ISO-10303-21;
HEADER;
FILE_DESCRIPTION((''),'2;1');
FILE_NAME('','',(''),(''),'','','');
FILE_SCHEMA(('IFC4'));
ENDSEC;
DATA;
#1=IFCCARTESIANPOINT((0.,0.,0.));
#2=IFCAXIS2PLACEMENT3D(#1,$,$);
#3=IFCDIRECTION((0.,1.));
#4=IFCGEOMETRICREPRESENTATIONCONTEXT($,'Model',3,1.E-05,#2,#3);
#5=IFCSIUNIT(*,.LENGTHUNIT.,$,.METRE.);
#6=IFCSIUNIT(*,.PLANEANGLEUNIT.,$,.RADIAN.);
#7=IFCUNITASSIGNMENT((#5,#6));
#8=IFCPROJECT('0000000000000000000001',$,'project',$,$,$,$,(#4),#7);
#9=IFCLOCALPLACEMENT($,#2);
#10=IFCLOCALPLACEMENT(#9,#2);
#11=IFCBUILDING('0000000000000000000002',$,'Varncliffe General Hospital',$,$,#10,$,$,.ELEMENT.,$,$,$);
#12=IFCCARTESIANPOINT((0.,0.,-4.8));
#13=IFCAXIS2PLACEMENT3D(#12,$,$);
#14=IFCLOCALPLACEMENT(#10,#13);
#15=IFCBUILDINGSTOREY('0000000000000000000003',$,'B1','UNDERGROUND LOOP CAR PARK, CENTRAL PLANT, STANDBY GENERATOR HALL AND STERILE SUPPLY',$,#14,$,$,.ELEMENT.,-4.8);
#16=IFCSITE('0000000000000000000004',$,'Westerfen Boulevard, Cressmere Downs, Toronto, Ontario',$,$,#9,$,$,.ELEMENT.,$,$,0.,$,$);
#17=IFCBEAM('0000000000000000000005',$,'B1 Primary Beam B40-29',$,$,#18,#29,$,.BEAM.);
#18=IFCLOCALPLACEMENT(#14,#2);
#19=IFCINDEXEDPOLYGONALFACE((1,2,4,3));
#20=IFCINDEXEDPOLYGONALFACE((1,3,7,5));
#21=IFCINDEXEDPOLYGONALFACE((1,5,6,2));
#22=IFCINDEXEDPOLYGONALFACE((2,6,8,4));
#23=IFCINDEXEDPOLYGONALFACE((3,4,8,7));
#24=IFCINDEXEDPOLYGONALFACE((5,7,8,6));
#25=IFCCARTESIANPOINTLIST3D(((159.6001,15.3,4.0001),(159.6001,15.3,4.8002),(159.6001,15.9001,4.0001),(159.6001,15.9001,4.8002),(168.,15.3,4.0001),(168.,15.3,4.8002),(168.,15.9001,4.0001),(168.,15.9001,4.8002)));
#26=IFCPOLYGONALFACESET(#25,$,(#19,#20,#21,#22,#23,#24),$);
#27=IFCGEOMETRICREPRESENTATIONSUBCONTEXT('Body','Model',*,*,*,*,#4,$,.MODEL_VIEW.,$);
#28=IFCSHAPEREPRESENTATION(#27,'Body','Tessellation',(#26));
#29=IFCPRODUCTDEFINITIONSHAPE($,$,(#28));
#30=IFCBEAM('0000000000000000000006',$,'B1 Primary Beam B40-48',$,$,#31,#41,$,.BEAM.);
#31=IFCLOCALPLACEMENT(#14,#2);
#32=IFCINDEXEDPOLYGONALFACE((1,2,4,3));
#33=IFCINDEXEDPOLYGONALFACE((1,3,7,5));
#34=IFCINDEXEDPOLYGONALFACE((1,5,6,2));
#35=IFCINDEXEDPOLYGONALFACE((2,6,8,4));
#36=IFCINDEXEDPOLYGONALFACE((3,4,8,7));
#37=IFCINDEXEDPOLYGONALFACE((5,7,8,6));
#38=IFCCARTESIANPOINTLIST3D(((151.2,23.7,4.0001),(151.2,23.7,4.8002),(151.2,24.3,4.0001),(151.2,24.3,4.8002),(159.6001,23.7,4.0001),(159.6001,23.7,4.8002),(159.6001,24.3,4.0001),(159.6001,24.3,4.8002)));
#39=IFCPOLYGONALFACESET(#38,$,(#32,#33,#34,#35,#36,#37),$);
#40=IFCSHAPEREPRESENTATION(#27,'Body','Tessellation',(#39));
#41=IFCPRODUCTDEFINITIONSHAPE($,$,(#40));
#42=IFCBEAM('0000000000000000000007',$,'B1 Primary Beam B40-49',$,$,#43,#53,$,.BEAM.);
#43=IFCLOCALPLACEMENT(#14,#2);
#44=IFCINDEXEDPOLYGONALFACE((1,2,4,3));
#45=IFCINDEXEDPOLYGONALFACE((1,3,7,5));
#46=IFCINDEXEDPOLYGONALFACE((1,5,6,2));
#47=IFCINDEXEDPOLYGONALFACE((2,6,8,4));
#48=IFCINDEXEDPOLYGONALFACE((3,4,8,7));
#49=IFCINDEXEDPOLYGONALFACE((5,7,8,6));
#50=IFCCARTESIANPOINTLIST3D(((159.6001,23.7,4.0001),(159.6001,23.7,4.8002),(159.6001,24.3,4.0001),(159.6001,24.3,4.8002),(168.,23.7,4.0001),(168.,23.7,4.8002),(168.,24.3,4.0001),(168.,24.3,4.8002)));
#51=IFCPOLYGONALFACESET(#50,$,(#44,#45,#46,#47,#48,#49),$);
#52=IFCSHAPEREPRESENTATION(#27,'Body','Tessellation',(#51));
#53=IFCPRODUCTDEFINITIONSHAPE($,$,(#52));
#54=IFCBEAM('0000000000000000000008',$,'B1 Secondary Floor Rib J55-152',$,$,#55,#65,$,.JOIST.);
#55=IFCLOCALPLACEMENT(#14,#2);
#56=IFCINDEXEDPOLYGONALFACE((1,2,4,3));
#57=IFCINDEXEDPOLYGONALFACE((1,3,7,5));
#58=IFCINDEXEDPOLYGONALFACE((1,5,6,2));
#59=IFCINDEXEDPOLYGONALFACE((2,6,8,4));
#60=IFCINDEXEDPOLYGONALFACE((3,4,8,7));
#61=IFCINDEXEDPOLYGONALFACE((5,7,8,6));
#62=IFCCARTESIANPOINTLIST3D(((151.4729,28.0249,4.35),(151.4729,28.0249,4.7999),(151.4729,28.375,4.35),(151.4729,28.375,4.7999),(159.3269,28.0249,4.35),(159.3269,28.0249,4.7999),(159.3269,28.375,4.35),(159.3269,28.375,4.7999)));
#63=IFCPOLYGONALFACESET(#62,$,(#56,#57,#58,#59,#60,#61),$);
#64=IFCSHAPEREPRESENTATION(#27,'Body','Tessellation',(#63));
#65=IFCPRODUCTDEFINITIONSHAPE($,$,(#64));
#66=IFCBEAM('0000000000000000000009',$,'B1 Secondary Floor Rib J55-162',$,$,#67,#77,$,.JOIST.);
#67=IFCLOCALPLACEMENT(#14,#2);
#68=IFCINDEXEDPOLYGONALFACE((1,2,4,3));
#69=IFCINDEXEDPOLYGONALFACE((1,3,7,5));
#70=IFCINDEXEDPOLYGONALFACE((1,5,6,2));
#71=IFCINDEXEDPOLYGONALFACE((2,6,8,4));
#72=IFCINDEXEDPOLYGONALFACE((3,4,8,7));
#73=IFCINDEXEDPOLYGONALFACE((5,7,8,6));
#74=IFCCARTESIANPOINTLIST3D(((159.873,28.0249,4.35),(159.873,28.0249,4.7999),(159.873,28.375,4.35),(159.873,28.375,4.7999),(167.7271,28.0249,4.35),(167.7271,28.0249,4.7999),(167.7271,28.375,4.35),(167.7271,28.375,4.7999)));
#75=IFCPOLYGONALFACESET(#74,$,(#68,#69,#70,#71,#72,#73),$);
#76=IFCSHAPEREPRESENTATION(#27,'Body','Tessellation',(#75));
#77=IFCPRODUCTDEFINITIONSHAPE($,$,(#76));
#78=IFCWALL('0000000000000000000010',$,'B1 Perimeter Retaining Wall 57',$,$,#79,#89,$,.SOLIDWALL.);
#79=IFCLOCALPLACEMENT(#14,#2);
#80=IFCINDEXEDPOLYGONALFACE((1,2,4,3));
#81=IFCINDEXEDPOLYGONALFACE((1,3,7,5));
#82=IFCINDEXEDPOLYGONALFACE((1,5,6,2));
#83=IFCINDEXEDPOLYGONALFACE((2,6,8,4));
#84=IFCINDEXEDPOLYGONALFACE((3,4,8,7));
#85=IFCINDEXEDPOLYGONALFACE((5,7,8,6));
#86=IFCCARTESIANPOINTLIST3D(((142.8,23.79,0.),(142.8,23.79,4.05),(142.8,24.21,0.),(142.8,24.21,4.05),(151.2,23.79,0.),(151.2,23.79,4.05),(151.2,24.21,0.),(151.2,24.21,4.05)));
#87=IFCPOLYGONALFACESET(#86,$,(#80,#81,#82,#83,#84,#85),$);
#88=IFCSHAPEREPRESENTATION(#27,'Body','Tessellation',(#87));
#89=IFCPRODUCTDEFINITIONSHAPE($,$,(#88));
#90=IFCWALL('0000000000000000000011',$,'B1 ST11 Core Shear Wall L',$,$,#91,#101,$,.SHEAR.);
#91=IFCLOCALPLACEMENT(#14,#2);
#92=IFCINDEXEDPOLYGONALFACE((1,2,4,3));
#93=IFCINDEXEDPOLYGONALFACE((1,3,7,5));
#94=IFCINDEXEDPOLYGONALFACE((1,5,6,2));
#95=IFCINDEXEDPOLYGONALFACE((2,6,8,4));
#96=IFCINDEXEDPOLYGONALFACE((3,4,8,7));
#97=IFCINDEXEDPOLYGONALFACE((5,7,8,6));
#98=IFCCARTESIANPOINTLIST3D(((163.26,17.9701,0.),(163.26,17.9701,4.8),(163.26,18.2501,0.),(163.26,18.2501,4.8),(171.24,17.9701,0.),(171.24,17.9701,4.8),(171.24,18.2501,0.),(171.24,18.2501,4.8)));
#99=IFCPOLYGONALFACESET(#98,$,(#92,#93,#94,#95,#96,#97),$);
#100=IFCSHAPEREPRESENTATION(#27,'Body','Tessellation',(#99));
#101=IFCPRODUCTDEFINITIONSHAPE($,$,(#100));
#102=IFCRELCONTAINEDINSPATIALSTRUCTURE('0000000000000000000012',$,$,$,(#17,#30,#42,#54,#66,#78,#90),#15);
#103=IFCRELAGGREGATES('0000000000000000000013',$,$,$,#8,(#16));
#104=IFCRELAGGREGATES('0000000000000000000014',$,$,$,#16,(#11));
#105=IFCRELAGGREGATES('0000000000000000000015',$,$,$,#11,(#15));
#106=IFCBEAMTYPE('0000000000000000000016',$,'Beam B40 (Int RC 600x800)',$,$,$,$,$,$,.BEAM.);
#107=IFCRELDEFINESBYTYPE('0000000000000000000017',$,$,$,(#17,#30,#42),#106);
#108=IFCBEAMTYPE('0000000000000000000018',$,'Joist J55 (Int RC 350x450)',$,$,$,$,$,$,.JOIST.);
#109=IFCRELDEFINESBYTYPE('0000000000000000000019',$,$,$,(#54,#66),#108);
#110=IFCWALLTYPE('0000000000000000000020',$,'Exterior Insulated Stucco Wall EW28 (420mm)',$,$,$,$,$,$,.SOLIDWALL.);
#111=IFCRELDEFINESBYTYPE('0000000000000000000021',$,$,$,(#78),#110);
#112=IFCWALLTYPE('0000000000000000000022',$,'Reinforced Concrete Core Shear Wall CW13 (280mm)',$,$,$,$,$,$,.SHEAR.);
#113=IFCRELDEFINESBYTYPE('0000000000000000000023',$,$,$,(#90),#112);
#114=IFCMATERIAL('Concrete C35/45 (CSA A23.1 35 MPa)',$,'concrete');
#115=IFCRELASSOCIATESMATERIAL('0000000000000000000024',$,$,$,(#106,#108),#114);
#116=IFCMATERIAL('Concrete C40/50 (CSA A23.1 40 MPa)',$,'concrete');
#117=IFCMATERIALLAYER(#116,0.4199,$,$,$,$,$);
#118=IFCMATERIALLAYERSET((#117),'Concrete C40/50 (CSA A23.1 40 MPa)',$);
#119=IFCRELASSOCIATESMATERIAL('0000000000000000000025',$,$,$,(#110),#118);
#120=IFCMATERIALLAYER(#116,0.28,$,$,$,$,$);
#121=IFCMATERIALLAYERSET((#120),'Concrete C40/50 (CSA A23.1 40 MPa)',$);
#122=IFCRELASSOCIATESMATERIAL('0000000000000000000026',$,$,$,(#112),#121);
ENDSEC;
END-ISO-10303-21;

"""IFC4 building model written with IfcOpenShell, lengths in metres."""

from ifc_helpers import new_model, si_unit, direction, frame, frame_2d, origin, origin_2d, place, context, subcontext, project, spatial, rectangle, extrude, material, layer, layer_set, material_profile, profile_set, type_object, element, save


model = new_model("IFC4")

# Units and contexts
model_context = context("Model", 3, precision=1e-05, world=origin(), true_north=direction((0.0, 1.0)))
body_context = subcontext(model_context, "Body", "Model", "MODEL_VIEW")
ifc_project = project(units=[si_unit("LENGTHUNIT", "METRE"), si_unit("PLANEANGLEUNIT", "RADIAN")], contexts=[model_context])

# Site, building, storey
site_placement = place(None, origin())
site = spatial("IfcSite", under=ifc_project, at=site_placement, Name="Westerfen Boulevard, Cressmere Downs, Toronto, Ontario", CompositionType="ELEMENT", RefElevation=0.0)
building_placement = place(site_placement, origin())
building = spatial("IfcBuilding", under=site, at=building_placement, Name="Varncliffe General Hospital", CompositionType="ELEMENT")
storey_placement = place(building_placement, frame((0.0, 0.0, -4.8)))
storey = spatial("IfcBuildingStorey", under=building, at=storey_placement, Name="B1", Description="UNDERGROUND LOOP CAR PARK, CENTRAL PLANT, STANDBY GENERATOR HALL AND STERILE SUPPLY", CompositionType="ELEMENT", Elevation=-4.8)

# Shared definitions
ifc_material_1 = material(Name="Concrete C40/50 (CSA A23.1 40 MPa)", Category="concrete")

# Beams
ifc_material_2 = material(Name="Concrete C35/45 (CSA A23.1 35 MPa)", Category="concrete")
ifc_material_profile_1 = material_profile(ifc_material_2, rectangle(XDim=0.6001, YDim=0.8, at=origin_2d()), Name="RC 600x800")
ifc_profile_set_1 = profile_set([ifc_material_profile_1], Name="Concrete C35/45 (CSA A23.1 35 MPa)")
beam_type_1 = type_object("IfcBeamType", Name="Beam B40 (Int RC 600x800)", PredefinedType="BEAM", material=ifc_profile_set_1)
beam_1_placement = place(storey_placement, frame((159.6001, 15.6001, 4.4001), z_axis=(1.0, 0.0, 0.0), x_axis=(0.0, 1.0, 0.0)))
element("IfcBeam", 1, at=beam_1_placement, inside=storey, type_object=beam_type_1, Name="B1 Primary Beam B40-29", PredefinedType="BEAM", context=body_context, shape_type="SweptSolid", body=[
    extrude(rectangle(XDim=0.6001, YDim=0.8, at=origin_2d()), origin(), (0.0, 0.0, 1.0), 8.3999),
])
beam_2_placement = place(storey_placement, frame((151.2, 24.0, 4.4001), z_axis=(1.0, 0.0, 0.0), x_axis=(0.0, 1.0, 0.0)))
element("IfcBeam", 2, at=beam_2_placement, inside=storey, type_object=beam_type_1, Name="B1 Primary Beam B40-48", PredefinedType="BEAM", context=body_context, shape_type="SweptSolid", body=[
    extrude(rectangle(XDim=0.6001, YDim=0.8, at=origin_2d()), origin(), (0.0, 0.0, 1.0), 8.4001),
])
beam_3_placement = place(storey_placement, frame((159.6001, 24.0, 4.4001), z_axis=(1.0, 0.0, 0.0), x_axis=(0.0, 1.0, 0.0)))
element("IfcBeam", 3, at=beam_3_placement, inside=storey, type_object=beam_type_1, Name="B1 Primary Beam B40-49", PredefinedType="BEAM", context=body_context, shape_type="SweptSolid", body=[
    extrude(rectangle(XDim=0.6001, YDim=0.8, at=origin_2d()), origin(), (0.0, 0.0, 1.0), 8.3999),
])
ifc_material_profile_2 = material_profile(ifc_material_2, rectangle(XDim=0.3501, YDim=0.45, at=origin_2d()), Name="RC 350x450")
ifc_profile_set_2 = profile_set([ifc_material_profile_2], Name="Concrete C35/45 (CSA A23.1 35 MPa)")
beam_type_2 = type_object("IfcBeamType", Name="Joist J55 (Int RC 350x450)", PredefinedType="JOIST", material=ifc_profile_set_2)
for number, where, z_axis, x_axis, name in (
    (4, (151.4729, 28.2, 4.575), (1.0, 0.0, 0.0), (0.0, 1.0, 0.0), "B1 Secondary Floor Rib J55-152"),
    (5, (159.873, 28.2, 4.575), (1.0, 0.0, 0.0), (0.0, 1.0, 0.0), "B1 Secondary Floor Rib J55-162"),
):
    element("IfcBeam", number, at=place(storey_placement, frame(where, z_axis=z_axis, x_axis=x_axis)), inside=storey, type_object=beam_type_2, Name=name, PredefinedType="JOIST", context=body_context, shape_type="SweptSolid", body=[
        extrude(rectangle(XDim=0.3501, YDim=0.45, at=origin_2d()), origin(), (0.0, 0.0, 1.0), 7.854),
    ])

# Walls
ifc_layer_1 = layer(ifc_material_1, 0.4199)
ifc_layer_set_1 = layer_set([ifc_layer_1], Name="Concrete C40/50 (CSA A23.1 40 MPa)")
wall_type_1 = type_object("IfcWallType", Name="Exterior Insulated Stucco Wall EW28 (420mm)", PredefinedType="SOLIDWALL", material=ifc_layer_set_1)
wall_1_placement = place(storey_placement, frame((151.2, 24.0, 0.0), z_axis=(0.0, 0.0, 1.0), x_axis=(-1.0, 0.0, 0.0)))
element("IfcWall", 6, at=wall_1_placement, inside=storey, type_object=wall_type_1, Name="B1 Perimeter Retaining Wall 57", PredefinedType="SOLIDWALL", context=body_context, shape_type="SweptSolid", body=[
    extrude(rectangle(XDim=8.3999, YDim=0.4199, at=frame_2d((4.2, 0.0))), origin(), (0.0, 0.0, 1.0), 4.05),
])
ifc_layer_2 = layer(ifc_material_1, 0.28)
ifc_layer_set_2 = layer_set([ifc_layer_2], Name="Concrete C40/50 (CSA A23.1 40 MPa)")
wall_type_2 = type_object("IfcWallType", Name="Reinforced Concrete Core Shear Wall CW13 (280mm)", PredefinedType="SHEAR", material=ifc_layer_set_2)
wall_2_placement = place(storey_placement, frame((163.26, 18.1101, 0.0), z_axis=(0.0, 0.0, 1.0), x_axis=(1.0, 0.0, 0.0)))
element("IfcWall", 7, at=wall_2_placement, inside=storey, type_object=wall_type_2, Name="B1 ST11 Core Shear Wall L", PredefinedType="SHEAR", context=body_context, shape_type="SweptSolid", body=[
    extrude(rectangle(XDim=7.98, YDim=0.28, at=frame_2d((3.99, 0.0))), origin(), (0.0, 0.0, 1.0), 4.8),
])

save(model, "model.ifc")
